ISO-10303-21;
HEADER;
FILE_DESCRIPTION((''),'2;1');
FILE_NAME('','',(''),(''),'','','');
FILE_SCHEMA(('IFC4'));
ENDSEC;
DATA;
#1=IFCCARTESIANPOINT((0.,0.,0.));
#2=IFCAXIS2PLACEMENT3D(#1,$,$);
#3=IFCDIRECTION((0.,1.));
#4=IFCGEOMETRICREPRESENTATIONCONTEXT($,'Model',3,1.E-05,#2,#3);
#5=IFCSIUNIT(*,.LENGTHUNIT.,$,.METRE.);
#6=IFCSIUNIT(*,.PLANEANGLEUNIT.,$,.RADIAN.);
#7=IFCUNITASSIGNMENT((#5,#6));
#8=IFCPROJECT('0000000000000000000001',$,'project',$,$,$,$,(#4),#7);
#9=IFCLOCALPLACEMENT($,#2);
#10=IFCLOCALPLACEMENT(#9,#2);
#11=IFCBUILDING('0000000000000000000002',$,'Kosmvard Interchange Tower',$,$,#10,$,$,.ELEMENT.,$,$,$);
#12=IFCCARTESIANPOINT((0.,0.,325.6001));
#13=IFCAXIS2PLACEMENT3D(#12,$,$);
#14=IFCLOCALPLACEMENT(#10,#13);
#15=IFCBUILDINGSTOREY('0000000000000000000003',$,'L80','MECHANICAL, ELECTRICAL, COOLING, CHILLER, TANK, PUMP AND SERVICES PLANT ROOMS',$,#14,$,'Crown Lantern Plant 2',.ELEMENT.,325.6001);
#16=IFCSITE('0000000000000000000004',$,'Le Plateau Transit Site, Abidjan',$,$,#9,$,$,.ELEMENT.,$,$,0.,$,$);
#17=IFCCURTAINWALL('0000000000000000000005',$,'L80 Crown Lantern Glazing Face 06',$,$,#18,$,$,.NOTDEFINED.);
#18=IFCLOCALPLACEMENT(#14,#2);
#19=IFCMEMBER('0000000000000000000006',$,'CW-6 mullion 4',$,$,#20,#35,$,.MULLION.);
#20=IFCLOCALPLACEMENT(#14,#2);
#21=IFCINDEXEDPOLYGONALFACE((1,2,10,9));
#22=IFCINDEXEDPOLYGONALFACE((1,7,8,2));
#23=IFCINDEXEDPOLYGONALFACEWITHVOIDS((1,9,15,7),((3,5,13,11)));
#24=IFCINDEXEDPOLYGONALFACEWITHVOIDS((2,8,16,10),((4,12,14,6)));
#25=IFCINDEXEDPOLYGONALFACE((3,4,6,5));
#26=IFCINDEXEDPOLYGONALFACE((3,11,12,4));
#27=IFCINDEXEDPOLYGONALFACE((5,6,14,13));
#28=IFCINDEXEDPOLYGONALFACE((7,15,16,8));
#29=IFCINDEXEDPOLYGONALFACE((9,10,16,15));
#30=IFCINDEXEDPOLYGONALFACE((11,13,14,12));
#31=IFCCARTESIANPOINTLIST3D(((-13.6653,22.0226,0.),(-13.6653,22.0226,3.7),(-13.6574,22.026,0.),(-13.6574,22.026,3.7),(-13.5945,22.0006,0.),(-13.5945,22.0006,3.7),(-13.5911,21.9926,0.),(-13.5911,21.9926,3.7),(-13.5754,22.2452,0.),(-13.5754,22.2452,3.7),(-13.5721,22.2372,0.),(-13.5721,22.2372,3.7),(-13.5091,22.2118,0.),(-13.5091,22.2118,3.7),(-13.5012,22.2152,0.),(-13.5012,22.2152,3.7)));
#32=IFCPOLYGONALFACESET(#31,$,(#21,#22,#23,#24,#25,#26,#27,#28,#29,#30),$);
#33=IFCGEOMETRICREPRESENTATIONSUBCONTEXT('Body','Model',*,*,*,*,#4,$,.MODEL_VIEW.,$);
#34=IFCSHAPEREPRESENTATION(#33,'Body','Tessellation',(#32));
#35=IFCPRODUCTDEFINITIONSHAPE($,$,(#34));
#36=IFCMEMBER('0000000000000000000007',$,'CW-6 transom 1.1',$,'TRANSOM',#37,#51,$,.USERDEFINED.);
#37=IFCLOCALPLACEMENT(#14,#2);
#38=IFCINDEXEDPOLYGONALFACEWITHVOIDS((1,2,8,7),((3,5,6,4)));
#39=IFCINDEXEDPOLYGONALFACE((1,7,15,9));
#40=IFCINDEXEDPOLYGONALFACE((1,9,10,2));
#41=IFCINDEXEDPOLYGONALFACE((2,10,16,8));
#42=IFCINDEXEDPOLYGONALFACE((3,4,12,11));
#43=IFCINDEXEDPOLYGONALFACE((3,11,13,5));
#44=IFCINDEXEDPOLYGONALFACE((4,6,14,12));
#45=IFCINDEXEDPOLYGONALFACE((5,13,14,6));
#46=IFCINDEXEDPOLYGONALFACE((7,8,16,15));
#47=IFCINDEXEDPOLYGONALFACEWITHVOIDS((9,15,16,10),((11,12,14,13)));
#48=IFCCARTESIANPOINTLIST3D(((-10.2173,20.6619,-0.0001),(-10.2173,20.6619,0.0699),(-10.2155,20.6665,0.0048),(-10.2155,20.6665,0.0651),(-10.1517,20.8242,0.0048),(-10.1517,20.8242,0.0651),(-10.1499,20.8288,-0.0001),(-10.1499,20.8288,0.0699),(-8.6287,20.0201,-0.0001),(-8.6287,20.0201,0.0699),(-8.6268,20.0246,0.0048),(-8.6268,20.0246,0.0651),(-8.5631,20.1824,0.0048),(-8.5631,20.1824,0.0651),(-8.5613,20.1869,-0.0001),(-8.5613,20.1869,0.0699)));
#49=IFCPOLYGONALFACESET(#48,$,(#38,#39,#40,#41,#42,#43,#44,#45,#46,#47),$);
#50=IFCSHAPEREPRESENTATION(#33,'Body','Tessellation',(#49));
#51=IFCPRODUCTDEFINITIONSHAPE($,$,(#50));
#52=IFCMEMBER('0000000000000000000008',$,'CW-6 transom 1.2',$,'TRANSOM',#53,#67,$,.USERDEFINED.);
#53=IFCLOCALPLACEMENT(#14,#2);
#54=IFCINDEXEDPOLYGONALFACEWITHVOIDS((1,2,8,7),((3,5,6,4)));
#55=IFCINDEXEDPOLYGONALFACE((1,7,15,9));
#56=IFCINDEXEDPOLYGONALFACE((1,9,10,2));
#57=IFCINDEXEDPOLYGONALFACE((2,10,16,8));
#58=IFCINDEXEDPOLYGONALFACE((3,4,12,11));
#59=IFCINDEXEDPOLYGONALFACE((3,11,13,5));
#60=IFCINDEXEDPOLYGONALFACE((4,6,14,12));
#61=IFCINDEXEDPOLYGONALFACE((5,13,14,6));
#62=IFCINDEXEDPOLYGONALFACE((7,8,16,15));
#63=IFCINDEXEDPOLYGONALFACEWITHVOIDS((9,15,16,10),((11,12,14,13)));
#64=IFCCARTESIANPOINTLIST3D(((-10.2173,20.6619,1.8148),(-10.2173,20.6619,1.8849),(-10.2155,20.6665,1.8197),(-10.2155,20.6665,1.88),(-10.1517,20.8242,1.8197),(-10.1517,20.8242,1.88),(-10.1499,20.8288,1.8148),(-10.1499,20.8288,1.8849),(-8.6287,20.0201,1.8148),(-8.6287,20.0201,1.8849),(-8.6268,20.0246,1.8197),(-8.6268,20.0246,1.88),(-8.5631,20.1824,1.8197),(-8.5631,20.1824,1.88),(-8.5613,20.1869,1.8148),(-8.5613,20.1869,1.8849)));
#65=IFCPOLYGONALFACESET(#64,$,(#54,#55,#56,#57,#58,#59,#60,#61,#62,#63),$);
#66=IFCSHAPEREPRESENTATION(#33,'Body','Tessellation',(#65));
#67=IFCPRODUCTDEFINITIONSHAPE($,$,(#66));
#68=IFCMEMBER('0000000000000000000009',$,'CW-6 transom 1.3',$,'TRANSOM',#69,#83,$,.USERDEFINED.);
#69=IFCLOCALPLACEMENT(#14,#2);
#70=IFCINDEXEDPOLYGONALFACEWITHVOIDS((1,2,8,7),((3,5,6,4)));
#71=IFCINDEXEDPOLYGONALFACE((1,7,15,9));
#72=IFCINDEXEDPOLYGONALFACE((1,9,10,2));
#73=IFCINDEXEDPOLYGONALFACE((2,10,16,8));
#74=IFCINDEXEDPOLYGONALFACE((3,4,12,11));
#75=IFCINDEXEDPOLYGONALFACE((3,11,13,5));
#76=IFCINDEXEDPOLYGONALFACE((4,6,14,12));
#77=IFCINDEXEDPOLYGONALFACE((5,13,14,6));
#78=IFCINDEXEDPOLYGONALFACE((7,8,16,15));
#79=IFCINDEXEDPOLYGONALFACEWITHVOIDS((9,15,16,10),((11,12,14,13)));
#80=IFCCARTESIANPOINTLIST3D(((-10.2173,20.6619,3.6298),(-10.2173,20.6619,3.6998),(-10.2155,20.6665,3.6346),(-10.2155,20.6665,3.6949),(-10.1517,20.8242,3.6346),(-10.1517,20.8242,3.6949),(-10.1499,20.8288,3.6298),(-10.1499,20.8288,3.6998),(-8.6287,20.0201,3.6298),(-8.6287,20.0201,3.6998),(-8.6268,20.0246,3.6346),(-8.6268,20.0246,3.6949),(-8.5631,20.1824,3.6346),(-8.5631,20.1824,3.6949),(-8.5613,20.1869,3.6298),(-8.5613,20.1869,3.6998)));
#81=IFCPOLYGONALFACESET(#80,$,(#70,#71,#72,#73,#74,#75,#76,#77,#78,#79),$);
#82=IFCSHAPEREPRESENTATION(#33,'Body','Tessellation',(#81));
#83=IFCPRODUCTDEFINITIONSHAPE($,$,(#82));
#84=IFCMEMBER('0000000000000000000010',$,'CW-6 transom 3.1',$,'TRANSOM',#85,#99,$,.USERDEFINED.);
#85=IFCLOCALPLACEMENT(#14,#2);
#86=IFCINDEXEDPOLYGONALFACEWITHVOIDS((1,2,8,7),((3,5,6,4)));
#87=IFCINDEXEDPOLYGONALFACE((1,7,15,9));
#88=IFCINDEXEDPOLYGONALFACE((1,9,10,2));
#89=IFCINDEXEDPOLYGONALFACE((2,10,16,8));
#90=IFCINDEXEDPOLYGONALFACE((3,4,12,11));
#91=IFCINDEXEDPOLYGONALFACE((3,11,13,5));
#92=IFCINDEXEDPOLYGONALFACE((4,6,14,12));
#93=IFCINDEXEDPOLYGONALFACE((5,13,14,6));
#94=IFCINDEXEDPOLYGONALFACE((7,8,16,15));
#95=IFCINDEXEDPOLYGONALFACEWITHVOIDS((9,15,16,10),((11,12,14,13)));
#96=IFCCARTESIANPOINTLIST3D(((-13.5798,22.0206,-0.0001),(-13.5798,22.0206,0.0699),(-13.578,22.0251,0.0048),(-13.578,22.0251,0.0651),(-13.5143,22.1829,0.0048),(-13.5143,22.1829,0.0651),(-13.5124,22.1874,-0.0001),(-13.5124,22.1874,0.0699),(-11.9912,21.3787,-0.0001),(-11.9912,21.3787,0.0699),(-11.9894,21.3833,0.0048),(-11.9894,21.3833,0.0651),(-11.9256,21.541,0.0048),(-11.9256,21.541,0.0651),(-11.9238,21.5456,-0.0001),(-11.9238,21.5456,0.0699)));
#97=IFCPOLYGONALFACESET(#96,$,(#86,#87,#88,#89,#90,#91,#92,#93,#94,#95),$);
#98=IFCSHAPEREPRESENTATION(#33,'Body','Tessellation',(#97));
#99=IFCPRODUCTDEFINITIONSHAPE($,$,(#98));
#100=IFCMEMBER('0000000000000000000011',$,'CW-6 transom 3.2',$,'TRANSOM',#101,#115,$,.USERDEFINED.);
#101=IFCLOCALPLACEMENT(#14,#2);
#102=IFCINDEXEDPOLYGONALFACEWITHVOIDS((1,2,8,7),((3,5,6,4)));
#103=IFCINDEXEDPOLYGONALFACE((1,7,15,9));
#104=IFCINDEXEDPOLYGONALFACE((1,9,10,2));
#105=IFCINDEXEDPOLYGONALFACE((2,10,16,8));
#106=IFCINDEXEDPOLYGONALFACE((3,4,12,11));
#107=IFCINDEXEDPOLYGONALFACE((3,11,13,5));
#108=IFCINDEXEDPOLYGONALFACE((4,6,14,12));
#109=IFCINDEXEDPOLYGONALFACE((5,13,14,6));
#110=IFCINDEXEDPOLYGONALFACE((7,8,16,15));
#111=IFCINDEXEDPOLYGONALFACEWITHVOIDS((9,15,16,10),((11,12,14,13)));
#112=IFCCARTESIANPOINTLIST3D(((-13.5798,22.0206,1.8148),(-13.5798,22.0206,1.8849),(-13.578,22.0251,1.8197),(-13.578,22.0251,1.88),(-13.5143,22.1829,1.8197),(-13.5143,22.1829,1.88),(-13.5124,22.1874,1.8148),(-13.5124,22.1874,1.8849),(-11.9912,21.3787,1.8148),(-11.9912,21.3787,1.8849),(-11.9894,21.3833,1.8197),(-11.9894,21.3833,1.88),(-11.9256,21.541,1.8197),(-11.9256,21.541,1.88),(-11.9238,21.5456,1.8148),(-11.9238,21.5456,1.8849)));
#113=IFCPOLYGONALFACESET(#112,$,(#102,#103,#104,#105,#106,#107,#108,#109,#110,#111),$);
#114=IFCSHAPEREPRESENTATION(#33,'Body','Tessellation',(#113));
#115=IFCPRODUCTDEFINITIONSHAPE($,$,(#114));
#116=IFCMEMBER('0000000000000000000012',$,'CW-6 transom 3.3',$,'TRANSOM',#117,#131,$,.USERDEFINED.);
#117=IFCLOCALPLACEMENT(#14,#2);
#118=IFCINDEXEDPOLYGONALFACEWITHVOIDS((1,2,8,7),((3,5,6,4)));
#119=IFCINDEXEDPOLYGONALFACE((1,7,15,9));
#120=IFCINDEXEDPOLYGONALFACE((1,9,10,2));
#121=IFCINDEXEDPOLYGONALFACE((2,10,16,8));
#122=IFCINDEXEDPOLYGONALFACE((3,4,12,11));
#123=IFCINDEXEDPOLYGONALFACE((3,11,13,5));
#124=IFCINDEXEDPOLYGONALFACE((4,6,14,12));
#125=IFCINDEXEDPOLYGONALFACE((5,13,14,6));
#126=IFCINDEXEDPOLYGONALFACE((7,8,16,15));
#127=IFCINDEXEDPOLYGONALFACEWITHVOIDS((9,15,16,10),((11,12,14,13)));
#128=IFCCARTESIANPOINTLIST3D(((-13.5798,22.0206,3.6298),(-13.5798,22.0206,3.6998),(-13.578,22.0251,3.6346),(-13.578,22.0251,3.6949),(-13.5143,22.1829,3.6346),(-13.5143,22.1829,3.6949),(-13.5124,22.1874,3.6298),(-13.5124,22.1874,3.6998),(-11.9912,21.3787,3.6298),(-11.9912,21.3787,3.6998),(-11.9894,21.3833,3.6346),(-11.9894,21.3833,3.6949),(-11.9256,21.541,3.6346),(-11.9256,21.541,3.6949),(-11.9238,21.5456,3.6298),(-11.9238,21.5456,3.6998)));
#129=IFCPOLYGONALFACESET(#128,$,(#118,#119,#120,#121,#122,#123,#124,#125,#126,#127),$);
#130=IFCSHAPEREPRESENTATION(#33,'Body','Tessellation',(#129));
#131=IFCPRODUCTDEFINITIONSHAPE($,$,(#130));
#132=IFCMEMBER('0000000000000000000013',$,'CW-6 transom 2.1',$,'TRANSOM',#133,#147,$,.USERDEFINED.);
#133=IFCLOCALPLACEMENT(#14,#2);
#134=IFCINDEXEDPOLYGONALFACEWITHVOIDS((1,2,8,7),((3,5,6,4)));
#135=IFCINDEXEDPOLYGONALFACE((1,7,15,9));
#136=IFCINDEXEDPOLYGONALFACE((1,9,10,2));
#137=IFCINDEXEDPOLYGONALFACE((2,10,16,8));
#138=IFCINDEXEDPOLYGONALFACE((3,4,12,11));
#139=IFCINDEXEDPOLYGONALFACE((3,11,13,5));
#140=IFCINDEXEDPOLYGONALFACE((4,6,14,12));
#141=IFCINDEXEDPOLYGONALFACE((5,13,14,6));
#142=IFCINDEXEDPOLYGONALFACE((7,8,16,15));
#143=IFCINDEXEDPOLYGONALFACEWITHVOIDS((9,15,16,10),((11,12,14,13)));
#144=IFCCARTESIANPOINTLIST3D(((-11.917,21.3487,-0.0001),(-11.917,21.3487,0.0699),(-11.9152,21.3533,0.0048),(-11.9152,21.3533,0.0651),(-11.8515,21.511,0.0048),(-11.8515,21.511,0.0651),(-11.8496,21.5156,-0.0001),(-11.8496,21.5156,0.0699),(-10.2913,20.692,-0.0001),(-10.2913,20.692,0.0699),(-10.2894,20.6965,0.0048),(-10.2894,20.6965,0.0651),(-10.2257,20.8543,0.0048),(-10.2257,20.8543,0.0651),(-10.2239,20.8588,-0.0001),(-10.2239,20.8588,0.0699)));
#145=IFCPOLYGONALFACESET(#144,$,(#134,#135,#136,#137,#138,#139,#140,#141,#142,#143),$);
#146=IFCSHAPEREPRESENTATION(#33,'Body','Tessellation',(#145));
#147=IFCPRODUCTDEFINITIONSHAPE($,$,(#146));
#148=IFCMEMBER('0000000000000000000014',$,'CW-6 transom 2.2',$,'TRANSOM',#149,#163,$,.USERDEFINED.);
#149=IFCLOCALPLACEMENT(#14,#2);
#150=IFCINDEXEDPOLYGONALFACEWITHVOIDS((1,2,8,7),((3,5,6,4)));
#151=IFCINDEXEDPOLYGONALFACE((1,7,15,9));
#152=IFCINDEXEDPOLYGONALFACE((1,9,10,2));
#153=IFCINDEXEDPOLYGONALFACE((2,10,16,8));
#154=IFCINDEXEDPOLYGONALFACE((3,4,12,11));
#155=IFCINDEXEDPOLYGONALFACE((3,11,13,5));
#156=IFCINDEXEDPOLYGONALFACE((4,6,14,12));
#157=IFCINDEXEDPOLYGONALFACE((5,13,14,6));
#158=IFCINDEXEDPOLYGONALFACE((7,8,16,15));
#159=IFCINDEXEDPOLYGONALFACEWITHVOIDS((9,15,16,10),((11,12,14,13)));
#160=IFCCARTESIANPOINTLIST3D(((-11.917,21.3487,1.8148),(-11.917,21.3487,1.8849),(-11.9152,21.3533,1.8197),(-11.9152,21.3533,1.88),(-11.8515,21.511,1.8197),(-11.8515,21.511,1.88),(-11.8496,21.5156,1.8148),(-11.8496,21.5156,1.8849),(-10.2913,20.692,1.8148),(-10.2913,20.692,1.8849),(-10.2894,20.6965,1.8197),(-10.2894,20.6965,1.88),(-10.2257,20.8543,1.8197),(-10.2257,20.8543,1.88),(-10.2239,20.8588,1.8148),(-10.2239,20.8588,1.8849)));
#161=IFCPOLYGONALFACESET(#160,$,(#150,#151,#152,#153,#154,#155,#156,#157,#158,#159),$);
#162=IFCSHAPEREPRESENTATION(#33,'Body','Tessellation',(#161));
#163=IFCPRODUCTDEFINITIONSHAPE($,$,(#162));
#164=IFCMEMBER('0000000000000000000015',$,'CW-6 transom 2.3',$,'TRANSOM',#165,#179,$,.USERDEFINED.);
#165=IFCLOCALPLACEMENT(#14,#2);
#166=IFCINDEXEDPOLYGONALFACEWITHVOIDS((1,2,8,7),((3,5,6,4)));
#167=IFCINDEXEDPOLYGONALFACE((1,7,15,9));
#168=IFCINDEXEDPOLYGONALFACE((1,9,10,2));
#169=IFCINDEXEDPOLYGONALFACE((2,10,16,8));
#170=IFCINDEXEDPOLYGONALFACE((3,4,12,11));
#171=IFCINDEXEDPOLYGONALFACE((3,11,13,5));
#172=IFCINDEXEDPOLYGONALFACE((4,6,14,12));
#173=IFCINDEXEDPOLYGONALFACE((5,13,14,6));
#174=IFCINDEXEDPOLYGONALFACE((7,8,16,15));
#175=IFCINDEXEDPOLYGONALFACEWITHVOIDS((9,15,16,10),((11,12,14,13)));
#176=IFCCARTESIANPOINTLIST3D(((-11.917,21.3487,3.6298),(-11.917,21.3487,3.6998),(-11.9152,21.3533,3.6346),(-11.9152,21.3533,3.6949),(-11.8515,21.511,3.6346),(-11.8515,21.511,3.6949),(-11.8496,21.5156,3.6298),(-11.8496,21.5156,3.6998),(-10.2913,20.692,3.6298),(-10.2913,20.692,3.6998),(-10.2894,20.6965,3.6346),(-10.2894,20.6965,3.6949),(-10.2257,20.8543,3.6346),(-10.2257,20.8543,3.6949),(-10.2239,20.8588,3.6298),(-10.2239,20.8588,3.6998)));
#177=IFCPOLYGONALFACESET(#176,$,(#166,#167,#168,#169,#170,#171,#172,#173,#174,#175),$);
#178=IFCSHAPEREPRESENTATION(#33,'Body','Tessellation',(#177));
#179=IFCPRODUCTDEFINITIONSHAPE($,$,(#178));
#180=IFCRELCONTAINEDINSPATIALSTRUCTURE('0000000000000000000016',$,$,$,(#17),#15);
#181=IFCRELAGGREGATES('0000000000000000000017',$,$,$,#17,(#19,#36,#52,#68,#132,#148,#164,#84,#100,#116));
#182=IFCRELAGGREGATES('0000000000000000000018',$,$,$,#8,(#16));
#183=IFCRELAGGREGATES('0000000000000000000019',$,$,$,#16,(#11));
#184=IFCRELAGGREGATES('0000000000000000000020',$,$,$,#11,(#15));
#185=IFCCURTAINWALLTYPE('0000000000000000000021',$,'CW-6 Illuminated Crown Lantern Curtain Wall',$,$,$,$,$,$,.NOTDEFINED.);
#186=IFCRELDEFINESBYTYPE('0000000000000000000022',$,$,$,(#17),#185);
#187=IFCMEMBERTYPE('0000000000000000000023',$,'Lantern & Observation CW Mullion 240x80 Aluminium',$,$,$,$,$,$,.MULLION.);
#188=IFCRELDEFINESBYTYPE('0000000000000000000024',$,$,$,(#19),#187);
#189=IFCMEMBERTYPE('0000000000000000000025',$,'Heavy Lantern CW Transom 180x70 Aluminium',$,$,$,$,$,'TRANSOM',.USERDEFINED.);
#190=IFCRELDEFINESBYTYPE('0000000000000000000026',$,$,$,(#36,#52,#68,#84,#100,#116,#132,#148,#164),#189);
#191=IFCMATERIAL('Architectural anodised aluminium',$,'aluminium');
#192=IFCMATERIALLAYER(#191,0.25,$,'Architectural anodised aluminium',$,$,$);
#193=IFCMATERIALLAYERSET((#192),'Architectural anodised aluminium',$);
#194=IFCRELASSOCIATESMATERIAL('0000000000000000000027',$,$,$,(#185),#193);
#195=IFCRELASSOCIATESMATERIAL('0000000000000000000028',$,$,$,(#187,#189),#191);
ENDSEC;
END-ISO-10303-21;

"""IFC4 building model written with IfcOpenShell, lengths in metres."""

from ifc_helpers import new_model, si_unit, direction, frame, origin, origin_2d, place, context, subcontext, project, spatial, hollow_rectangle, extrude, source, transform, mapped, material, layer, layer_set, material_profile, profile_set, type_object, element, aggregate, save


model = new_model("IFC4")

# Units and contexts
model_context = context("Model", 3, precision=1e-05, world=origin(), true_north=direction((0.0, 1.0)))
body_context = subcontext(model_context, "Body", "Model", "MODEL_VIEW")
ifc_project = project(units=[si_unit("LENGTHUNIT", "METRE"), si_unit("PLANEANGLEUNIT", "RADIAN")], contexts=[model_context])

# Site, building, storey
site_placement = place(None, origin())
site = spatial("IfcSite", under=ifc_project, at=site_placement, Name="Le Plateau Transit Site, Abidjan", CompositionType="ELEMENT", RefElevation=0.0)
building_placement = place(site_placement, origin())
building = spatial("IfcBuilding", under=site, at=building_placement, Name="Kosmvard Interchange Tower", CompositionType="ELEMENT")
storey_placement = place(building_placement, frame((0.0, 0.0, 325.6001)))
storey = spatial("IfcBuildingStorey", under=building, at=storey_placement, Name="L80", Description="MECHANICAL, ELECTRICAL, COOLING, CHILLER, TANK, PUMP AND SERVICES PLANT ROOMS", LongName="Crown Lantern Plant 2", CompositionType="ELEMENT", Elevation=325.6001)

# Curtain wall, members
ifc_material_1 = material(Name="Architectural anodised aluminium", Category="aluminium")
ifc_layer_1 = layer(ifc_material_1, 0.25, Name="Architectural anodised aluminium")
ifc_layer_set_1 = layer_set([ifc_layer_1], Name="Architectural anodised aluminium")
curtain_wall_type = type_object("IfcCurtainWallType", Name="CW-6 Illuminated Crown Lantern Curtain Wall", PredefinedType="NOTDEFINED", material=ifc_layer_set_1)
curtain_wall_placement = place(storey_placement, origin())
curtain_wall = element("IfcCurtainWall", 1, at=curtain_wall_placement, inside=storey, type_object=curtain_wall_type, Name="L80 Crown Lantern Glazing Face 06", PredefinedType="NOTDEFINED")
ifc_material_profile_1 = material_profile(ifc_material_1, hollow_rectangle(XDim=0.24, YDim=0.0801, WallThickness=0.0061, at=origin_2d()), Name="CWM 240x80x6")
ifc_profile_set_1 = profile_set([ifc_material_profile_1], Name="Architectural anodised aluminium")
member_type_1 = type_object("IfcMemberType", Name="Lantern & Observation CW Mullion 240x80 Aluminium", PredefinedType="MULLION", material=ifc_profile_set_1)
shared_shape_1 = source(origin(), body_context, "Body", "SweptSolid", [
    extrude(hollow_rectangle(XDim=0.24, YDim=0.0801, WallThickness=0.0061, at=origin_2d()), origin(), (0.0, 0.0, 1.0), 3.7),
])
member_1_placement = place(storey_placement, frame((-13.5833, 22.1189, 0.0), z_axis=(0.0, 0.0, 1.0), x_axis=(-0.374607, -0.927184, 0.0)))
member_1 = element("IfcMember", 2, at=member_1_placement, type_object=member_type_1, Name="CW-6 mullion 4", PredefinedType="MULLION", context=body_context, shape_type="MappedRepresentation", body=[
    mapped(shared_shape_1, transform((0.0, 0.0, 0.0), scale=1.0)),
])
ifc_material_profile_2 = material_profile(ifc_material_1, hollow_rectangle(XDim=0.1799, YDim=0.0701, WallThickness=0.0049, at=origin_2d()), Name="CWT 180x70x5")
ifc_profile_set_2 = profile_set([ifc_material_profile_2], Name="Architectural anodised aluminium")
member_type_2 = type_object("IfcMemberType", Name="Heavy Lantern CW Transom 180x70 Aluminium", ElementType="TRANSOM", PredefinedType="USERDEFINED", material=ifc_profile_set_2)
shared_shape_2 = source(origin(), body_context, "Body", "SweptSolid", [
    extrude(hollow_rectangle(XDim=0.1799, YDim=0.0701, WallThickness=0.0049, at=origin_2d()), origin(), (0.0, 0.0, 1.0), 1.7134),
])
member_2_placement = place(storey_placement, frame((-8.595, 20.1035, 0.0349), z_axis=(-0.927184, 0.374607, 0.0), x_axis=(-0.374607, -0.927184, 0.0)))
member_2 = element("IfcMember", 3, at=member_2_placement, type_object=member_type_2, Name="CW-6 transom 1.1", ObjectType="TRANSOM", PredefinedType="USERDEFINED", context=body_context, shape_type="MappedRepresentation", body=[
    mapped(shared_shape_2, transform((0.0, 0.0, 0.0), scale=1.0)),
])
member_3_placement = place(storey_placement, frame((-8.595, 20.1035, 1.8499), z_axis=(-0.927184, 0.374607, 0.0), x_axis=(-0.374607, -0.927184, 0.0)))
member_3 = element("IfcMember", 4, at=member_3_placement, type_object=member_type_2, Name="CW-6 transom 1.2", ObjectType="TRANSOM", PredefinedType="USERDEFINED", context=body_context, shape_type="MappedRepresentation", body=[
    mapped(shared_shape_2, transform((0.0, 0.0, 0.0), scale=1.0)),
])
member_4_placement = place(storey_placement, frame((-8.595, 20.1035, 3.6648), z_axis=(-0.927184, 0.374607, 0.0), x_axis=(-0.374607, -0.927184, 0.0)))
member_4 = element("IfcMember", 5, at=member_4_placement, type_object=member_type_2, Name="CW-6 transom 1.3", ObjectType="TRANSOM", PredefinedType="USERDEFINED", context=body_context, shape_type="MappedRepresentation", body=[
    mapped(shared_shape_2, transform((0.0, 0.0, 0.0), scale=1.0)),
])
member_5_placement = place(storey_placement, frame((-11.9575, 21.4622, 0.0349), z_axis=(-0.927184, 0.374607, 0.0), x_axis=(-0.374607, -0.927184, 0.0)))
member_5 = element("IfcMember", 6, at=member_5_placement, type_object=member_type_2, Name="CW-6 transom 3.1", ObjectType="TRANSOM", PredefinedType="USERDEFINED", context=body_context, shape_type="MappedRepresentation", body=[
    mapped(shared_shape_2, transform((0.0, 0.0, 0.0), scale=1.0)),
])
member_6_placement = place(storey_placement, frame((-11.9575, 21.4622, 1.8499), z_axis=(-0.927184, 0.374607, 0.0), x_axis=(-0.374607, -0.927184, 0.0)))
member_6 = element("IfcMember", 7, at=member_6_placement, type_object=member_type_2, Name="CW-6 transom 3.2", ObjectType="TRANSOM", PredefinedType="USERDEFINED", context=body_context, shape_type="MappedRepresentation", body=[
    mapped(shared_shape_2, transform((0.0, 0.0, 0.0), scale=1.0)),
])
member_7_placement = place(storey_placement, frame((-11.9575, 21.4622, 3.6648), z_axis=(-0.927184, 0.374607, 0.0), x_axis=(-0.374607, -0.927184, 0.0)))
member_7 = element("IfcMember", 8, at=member_7_placement, type_object=member_type_2, Name="CW-6 transom 3.3", ObjectType="TRANSOM", PredefinedType="USERDEFINED", context=body_context, shape_type="MappedRepresentation", body=[
    mapped(shared_shape_2, transform((0.0, 0.0, 0.0), scale=1.0)),
])
shared_shape_3 = source(origin(), body_context, "Body", "SweptSolid", [
    extrude(hollow_rectangle(XDim=0.1799, YDim=0.0701, WallThickness=0.0049, at=origin_2d()), origin(), (0.0, 0.0, 1.0), 1.7534),
])
member_8_placement = place(storey_placement, frame((-10.2576, 20.7754, 0.0349), z_axis=(-0.927204, 0.374557, 0.0), x_axis=(-0.374557, -0.927204, 0.0)))
member_8 = element("IfcMember", 9, at=member_8_placement, type_object=member_type_2, Name="CW-6 transom 2.1", ObjectType="TRANSOM", PredefinedType="USERDEFINED", context=body_context, shape_type="MappedRepresentation", body=[
    mapped(shared_shape_3, transform((0.0, 0.0, 0.0), scale=1.0)),
])
member_9_placement = place(storey_placement, frame((-10.2576, 20.7754, 1.8499), z_axis=(-0.927204, 0.374557, 0.0), x_axis=(-0.374557, -0.927204, 0.0)))
member_9 = element("IfcMember", 10, at=member_9_placement, type_object=member_type_2, Name="CW-6 transom 2.2", ObjectType="TRANSOM", PredefinedType="USERDEFINED", context=body_context, shape_type="MappedRepresentation", body=[
    mapped(shared_shape_3, transform((0.0, 0.0, 0.0), scale=1.0)),
])
member_10_placement = place(storey_placement, frame((-10.2576, 20.7754, 3.6648), z_axis=(-0.927204, 0.374557, 0.0), x_axis=(-0.374557, -0.927204, 0.0)))
member_10 = element("IfcMember", 11, at=member_10_placement, type_object=member_type_2, Name="CW-6 transom 2.3", ObjectType="TRANSOM", PredefinedType="USERDEFINED", context=body_context, shape_type="MappedRepresentation", body=[
    mapped(shared_shape_3, transform((0.0, 0.0, 0.0), scale=1.0)),
])

aggregate(curtain_wall, [member_1, member_2, member_3, member_4, member_8, member_9, member_10, member_5, member_6, member_7])

save(model, "model.ifc")
